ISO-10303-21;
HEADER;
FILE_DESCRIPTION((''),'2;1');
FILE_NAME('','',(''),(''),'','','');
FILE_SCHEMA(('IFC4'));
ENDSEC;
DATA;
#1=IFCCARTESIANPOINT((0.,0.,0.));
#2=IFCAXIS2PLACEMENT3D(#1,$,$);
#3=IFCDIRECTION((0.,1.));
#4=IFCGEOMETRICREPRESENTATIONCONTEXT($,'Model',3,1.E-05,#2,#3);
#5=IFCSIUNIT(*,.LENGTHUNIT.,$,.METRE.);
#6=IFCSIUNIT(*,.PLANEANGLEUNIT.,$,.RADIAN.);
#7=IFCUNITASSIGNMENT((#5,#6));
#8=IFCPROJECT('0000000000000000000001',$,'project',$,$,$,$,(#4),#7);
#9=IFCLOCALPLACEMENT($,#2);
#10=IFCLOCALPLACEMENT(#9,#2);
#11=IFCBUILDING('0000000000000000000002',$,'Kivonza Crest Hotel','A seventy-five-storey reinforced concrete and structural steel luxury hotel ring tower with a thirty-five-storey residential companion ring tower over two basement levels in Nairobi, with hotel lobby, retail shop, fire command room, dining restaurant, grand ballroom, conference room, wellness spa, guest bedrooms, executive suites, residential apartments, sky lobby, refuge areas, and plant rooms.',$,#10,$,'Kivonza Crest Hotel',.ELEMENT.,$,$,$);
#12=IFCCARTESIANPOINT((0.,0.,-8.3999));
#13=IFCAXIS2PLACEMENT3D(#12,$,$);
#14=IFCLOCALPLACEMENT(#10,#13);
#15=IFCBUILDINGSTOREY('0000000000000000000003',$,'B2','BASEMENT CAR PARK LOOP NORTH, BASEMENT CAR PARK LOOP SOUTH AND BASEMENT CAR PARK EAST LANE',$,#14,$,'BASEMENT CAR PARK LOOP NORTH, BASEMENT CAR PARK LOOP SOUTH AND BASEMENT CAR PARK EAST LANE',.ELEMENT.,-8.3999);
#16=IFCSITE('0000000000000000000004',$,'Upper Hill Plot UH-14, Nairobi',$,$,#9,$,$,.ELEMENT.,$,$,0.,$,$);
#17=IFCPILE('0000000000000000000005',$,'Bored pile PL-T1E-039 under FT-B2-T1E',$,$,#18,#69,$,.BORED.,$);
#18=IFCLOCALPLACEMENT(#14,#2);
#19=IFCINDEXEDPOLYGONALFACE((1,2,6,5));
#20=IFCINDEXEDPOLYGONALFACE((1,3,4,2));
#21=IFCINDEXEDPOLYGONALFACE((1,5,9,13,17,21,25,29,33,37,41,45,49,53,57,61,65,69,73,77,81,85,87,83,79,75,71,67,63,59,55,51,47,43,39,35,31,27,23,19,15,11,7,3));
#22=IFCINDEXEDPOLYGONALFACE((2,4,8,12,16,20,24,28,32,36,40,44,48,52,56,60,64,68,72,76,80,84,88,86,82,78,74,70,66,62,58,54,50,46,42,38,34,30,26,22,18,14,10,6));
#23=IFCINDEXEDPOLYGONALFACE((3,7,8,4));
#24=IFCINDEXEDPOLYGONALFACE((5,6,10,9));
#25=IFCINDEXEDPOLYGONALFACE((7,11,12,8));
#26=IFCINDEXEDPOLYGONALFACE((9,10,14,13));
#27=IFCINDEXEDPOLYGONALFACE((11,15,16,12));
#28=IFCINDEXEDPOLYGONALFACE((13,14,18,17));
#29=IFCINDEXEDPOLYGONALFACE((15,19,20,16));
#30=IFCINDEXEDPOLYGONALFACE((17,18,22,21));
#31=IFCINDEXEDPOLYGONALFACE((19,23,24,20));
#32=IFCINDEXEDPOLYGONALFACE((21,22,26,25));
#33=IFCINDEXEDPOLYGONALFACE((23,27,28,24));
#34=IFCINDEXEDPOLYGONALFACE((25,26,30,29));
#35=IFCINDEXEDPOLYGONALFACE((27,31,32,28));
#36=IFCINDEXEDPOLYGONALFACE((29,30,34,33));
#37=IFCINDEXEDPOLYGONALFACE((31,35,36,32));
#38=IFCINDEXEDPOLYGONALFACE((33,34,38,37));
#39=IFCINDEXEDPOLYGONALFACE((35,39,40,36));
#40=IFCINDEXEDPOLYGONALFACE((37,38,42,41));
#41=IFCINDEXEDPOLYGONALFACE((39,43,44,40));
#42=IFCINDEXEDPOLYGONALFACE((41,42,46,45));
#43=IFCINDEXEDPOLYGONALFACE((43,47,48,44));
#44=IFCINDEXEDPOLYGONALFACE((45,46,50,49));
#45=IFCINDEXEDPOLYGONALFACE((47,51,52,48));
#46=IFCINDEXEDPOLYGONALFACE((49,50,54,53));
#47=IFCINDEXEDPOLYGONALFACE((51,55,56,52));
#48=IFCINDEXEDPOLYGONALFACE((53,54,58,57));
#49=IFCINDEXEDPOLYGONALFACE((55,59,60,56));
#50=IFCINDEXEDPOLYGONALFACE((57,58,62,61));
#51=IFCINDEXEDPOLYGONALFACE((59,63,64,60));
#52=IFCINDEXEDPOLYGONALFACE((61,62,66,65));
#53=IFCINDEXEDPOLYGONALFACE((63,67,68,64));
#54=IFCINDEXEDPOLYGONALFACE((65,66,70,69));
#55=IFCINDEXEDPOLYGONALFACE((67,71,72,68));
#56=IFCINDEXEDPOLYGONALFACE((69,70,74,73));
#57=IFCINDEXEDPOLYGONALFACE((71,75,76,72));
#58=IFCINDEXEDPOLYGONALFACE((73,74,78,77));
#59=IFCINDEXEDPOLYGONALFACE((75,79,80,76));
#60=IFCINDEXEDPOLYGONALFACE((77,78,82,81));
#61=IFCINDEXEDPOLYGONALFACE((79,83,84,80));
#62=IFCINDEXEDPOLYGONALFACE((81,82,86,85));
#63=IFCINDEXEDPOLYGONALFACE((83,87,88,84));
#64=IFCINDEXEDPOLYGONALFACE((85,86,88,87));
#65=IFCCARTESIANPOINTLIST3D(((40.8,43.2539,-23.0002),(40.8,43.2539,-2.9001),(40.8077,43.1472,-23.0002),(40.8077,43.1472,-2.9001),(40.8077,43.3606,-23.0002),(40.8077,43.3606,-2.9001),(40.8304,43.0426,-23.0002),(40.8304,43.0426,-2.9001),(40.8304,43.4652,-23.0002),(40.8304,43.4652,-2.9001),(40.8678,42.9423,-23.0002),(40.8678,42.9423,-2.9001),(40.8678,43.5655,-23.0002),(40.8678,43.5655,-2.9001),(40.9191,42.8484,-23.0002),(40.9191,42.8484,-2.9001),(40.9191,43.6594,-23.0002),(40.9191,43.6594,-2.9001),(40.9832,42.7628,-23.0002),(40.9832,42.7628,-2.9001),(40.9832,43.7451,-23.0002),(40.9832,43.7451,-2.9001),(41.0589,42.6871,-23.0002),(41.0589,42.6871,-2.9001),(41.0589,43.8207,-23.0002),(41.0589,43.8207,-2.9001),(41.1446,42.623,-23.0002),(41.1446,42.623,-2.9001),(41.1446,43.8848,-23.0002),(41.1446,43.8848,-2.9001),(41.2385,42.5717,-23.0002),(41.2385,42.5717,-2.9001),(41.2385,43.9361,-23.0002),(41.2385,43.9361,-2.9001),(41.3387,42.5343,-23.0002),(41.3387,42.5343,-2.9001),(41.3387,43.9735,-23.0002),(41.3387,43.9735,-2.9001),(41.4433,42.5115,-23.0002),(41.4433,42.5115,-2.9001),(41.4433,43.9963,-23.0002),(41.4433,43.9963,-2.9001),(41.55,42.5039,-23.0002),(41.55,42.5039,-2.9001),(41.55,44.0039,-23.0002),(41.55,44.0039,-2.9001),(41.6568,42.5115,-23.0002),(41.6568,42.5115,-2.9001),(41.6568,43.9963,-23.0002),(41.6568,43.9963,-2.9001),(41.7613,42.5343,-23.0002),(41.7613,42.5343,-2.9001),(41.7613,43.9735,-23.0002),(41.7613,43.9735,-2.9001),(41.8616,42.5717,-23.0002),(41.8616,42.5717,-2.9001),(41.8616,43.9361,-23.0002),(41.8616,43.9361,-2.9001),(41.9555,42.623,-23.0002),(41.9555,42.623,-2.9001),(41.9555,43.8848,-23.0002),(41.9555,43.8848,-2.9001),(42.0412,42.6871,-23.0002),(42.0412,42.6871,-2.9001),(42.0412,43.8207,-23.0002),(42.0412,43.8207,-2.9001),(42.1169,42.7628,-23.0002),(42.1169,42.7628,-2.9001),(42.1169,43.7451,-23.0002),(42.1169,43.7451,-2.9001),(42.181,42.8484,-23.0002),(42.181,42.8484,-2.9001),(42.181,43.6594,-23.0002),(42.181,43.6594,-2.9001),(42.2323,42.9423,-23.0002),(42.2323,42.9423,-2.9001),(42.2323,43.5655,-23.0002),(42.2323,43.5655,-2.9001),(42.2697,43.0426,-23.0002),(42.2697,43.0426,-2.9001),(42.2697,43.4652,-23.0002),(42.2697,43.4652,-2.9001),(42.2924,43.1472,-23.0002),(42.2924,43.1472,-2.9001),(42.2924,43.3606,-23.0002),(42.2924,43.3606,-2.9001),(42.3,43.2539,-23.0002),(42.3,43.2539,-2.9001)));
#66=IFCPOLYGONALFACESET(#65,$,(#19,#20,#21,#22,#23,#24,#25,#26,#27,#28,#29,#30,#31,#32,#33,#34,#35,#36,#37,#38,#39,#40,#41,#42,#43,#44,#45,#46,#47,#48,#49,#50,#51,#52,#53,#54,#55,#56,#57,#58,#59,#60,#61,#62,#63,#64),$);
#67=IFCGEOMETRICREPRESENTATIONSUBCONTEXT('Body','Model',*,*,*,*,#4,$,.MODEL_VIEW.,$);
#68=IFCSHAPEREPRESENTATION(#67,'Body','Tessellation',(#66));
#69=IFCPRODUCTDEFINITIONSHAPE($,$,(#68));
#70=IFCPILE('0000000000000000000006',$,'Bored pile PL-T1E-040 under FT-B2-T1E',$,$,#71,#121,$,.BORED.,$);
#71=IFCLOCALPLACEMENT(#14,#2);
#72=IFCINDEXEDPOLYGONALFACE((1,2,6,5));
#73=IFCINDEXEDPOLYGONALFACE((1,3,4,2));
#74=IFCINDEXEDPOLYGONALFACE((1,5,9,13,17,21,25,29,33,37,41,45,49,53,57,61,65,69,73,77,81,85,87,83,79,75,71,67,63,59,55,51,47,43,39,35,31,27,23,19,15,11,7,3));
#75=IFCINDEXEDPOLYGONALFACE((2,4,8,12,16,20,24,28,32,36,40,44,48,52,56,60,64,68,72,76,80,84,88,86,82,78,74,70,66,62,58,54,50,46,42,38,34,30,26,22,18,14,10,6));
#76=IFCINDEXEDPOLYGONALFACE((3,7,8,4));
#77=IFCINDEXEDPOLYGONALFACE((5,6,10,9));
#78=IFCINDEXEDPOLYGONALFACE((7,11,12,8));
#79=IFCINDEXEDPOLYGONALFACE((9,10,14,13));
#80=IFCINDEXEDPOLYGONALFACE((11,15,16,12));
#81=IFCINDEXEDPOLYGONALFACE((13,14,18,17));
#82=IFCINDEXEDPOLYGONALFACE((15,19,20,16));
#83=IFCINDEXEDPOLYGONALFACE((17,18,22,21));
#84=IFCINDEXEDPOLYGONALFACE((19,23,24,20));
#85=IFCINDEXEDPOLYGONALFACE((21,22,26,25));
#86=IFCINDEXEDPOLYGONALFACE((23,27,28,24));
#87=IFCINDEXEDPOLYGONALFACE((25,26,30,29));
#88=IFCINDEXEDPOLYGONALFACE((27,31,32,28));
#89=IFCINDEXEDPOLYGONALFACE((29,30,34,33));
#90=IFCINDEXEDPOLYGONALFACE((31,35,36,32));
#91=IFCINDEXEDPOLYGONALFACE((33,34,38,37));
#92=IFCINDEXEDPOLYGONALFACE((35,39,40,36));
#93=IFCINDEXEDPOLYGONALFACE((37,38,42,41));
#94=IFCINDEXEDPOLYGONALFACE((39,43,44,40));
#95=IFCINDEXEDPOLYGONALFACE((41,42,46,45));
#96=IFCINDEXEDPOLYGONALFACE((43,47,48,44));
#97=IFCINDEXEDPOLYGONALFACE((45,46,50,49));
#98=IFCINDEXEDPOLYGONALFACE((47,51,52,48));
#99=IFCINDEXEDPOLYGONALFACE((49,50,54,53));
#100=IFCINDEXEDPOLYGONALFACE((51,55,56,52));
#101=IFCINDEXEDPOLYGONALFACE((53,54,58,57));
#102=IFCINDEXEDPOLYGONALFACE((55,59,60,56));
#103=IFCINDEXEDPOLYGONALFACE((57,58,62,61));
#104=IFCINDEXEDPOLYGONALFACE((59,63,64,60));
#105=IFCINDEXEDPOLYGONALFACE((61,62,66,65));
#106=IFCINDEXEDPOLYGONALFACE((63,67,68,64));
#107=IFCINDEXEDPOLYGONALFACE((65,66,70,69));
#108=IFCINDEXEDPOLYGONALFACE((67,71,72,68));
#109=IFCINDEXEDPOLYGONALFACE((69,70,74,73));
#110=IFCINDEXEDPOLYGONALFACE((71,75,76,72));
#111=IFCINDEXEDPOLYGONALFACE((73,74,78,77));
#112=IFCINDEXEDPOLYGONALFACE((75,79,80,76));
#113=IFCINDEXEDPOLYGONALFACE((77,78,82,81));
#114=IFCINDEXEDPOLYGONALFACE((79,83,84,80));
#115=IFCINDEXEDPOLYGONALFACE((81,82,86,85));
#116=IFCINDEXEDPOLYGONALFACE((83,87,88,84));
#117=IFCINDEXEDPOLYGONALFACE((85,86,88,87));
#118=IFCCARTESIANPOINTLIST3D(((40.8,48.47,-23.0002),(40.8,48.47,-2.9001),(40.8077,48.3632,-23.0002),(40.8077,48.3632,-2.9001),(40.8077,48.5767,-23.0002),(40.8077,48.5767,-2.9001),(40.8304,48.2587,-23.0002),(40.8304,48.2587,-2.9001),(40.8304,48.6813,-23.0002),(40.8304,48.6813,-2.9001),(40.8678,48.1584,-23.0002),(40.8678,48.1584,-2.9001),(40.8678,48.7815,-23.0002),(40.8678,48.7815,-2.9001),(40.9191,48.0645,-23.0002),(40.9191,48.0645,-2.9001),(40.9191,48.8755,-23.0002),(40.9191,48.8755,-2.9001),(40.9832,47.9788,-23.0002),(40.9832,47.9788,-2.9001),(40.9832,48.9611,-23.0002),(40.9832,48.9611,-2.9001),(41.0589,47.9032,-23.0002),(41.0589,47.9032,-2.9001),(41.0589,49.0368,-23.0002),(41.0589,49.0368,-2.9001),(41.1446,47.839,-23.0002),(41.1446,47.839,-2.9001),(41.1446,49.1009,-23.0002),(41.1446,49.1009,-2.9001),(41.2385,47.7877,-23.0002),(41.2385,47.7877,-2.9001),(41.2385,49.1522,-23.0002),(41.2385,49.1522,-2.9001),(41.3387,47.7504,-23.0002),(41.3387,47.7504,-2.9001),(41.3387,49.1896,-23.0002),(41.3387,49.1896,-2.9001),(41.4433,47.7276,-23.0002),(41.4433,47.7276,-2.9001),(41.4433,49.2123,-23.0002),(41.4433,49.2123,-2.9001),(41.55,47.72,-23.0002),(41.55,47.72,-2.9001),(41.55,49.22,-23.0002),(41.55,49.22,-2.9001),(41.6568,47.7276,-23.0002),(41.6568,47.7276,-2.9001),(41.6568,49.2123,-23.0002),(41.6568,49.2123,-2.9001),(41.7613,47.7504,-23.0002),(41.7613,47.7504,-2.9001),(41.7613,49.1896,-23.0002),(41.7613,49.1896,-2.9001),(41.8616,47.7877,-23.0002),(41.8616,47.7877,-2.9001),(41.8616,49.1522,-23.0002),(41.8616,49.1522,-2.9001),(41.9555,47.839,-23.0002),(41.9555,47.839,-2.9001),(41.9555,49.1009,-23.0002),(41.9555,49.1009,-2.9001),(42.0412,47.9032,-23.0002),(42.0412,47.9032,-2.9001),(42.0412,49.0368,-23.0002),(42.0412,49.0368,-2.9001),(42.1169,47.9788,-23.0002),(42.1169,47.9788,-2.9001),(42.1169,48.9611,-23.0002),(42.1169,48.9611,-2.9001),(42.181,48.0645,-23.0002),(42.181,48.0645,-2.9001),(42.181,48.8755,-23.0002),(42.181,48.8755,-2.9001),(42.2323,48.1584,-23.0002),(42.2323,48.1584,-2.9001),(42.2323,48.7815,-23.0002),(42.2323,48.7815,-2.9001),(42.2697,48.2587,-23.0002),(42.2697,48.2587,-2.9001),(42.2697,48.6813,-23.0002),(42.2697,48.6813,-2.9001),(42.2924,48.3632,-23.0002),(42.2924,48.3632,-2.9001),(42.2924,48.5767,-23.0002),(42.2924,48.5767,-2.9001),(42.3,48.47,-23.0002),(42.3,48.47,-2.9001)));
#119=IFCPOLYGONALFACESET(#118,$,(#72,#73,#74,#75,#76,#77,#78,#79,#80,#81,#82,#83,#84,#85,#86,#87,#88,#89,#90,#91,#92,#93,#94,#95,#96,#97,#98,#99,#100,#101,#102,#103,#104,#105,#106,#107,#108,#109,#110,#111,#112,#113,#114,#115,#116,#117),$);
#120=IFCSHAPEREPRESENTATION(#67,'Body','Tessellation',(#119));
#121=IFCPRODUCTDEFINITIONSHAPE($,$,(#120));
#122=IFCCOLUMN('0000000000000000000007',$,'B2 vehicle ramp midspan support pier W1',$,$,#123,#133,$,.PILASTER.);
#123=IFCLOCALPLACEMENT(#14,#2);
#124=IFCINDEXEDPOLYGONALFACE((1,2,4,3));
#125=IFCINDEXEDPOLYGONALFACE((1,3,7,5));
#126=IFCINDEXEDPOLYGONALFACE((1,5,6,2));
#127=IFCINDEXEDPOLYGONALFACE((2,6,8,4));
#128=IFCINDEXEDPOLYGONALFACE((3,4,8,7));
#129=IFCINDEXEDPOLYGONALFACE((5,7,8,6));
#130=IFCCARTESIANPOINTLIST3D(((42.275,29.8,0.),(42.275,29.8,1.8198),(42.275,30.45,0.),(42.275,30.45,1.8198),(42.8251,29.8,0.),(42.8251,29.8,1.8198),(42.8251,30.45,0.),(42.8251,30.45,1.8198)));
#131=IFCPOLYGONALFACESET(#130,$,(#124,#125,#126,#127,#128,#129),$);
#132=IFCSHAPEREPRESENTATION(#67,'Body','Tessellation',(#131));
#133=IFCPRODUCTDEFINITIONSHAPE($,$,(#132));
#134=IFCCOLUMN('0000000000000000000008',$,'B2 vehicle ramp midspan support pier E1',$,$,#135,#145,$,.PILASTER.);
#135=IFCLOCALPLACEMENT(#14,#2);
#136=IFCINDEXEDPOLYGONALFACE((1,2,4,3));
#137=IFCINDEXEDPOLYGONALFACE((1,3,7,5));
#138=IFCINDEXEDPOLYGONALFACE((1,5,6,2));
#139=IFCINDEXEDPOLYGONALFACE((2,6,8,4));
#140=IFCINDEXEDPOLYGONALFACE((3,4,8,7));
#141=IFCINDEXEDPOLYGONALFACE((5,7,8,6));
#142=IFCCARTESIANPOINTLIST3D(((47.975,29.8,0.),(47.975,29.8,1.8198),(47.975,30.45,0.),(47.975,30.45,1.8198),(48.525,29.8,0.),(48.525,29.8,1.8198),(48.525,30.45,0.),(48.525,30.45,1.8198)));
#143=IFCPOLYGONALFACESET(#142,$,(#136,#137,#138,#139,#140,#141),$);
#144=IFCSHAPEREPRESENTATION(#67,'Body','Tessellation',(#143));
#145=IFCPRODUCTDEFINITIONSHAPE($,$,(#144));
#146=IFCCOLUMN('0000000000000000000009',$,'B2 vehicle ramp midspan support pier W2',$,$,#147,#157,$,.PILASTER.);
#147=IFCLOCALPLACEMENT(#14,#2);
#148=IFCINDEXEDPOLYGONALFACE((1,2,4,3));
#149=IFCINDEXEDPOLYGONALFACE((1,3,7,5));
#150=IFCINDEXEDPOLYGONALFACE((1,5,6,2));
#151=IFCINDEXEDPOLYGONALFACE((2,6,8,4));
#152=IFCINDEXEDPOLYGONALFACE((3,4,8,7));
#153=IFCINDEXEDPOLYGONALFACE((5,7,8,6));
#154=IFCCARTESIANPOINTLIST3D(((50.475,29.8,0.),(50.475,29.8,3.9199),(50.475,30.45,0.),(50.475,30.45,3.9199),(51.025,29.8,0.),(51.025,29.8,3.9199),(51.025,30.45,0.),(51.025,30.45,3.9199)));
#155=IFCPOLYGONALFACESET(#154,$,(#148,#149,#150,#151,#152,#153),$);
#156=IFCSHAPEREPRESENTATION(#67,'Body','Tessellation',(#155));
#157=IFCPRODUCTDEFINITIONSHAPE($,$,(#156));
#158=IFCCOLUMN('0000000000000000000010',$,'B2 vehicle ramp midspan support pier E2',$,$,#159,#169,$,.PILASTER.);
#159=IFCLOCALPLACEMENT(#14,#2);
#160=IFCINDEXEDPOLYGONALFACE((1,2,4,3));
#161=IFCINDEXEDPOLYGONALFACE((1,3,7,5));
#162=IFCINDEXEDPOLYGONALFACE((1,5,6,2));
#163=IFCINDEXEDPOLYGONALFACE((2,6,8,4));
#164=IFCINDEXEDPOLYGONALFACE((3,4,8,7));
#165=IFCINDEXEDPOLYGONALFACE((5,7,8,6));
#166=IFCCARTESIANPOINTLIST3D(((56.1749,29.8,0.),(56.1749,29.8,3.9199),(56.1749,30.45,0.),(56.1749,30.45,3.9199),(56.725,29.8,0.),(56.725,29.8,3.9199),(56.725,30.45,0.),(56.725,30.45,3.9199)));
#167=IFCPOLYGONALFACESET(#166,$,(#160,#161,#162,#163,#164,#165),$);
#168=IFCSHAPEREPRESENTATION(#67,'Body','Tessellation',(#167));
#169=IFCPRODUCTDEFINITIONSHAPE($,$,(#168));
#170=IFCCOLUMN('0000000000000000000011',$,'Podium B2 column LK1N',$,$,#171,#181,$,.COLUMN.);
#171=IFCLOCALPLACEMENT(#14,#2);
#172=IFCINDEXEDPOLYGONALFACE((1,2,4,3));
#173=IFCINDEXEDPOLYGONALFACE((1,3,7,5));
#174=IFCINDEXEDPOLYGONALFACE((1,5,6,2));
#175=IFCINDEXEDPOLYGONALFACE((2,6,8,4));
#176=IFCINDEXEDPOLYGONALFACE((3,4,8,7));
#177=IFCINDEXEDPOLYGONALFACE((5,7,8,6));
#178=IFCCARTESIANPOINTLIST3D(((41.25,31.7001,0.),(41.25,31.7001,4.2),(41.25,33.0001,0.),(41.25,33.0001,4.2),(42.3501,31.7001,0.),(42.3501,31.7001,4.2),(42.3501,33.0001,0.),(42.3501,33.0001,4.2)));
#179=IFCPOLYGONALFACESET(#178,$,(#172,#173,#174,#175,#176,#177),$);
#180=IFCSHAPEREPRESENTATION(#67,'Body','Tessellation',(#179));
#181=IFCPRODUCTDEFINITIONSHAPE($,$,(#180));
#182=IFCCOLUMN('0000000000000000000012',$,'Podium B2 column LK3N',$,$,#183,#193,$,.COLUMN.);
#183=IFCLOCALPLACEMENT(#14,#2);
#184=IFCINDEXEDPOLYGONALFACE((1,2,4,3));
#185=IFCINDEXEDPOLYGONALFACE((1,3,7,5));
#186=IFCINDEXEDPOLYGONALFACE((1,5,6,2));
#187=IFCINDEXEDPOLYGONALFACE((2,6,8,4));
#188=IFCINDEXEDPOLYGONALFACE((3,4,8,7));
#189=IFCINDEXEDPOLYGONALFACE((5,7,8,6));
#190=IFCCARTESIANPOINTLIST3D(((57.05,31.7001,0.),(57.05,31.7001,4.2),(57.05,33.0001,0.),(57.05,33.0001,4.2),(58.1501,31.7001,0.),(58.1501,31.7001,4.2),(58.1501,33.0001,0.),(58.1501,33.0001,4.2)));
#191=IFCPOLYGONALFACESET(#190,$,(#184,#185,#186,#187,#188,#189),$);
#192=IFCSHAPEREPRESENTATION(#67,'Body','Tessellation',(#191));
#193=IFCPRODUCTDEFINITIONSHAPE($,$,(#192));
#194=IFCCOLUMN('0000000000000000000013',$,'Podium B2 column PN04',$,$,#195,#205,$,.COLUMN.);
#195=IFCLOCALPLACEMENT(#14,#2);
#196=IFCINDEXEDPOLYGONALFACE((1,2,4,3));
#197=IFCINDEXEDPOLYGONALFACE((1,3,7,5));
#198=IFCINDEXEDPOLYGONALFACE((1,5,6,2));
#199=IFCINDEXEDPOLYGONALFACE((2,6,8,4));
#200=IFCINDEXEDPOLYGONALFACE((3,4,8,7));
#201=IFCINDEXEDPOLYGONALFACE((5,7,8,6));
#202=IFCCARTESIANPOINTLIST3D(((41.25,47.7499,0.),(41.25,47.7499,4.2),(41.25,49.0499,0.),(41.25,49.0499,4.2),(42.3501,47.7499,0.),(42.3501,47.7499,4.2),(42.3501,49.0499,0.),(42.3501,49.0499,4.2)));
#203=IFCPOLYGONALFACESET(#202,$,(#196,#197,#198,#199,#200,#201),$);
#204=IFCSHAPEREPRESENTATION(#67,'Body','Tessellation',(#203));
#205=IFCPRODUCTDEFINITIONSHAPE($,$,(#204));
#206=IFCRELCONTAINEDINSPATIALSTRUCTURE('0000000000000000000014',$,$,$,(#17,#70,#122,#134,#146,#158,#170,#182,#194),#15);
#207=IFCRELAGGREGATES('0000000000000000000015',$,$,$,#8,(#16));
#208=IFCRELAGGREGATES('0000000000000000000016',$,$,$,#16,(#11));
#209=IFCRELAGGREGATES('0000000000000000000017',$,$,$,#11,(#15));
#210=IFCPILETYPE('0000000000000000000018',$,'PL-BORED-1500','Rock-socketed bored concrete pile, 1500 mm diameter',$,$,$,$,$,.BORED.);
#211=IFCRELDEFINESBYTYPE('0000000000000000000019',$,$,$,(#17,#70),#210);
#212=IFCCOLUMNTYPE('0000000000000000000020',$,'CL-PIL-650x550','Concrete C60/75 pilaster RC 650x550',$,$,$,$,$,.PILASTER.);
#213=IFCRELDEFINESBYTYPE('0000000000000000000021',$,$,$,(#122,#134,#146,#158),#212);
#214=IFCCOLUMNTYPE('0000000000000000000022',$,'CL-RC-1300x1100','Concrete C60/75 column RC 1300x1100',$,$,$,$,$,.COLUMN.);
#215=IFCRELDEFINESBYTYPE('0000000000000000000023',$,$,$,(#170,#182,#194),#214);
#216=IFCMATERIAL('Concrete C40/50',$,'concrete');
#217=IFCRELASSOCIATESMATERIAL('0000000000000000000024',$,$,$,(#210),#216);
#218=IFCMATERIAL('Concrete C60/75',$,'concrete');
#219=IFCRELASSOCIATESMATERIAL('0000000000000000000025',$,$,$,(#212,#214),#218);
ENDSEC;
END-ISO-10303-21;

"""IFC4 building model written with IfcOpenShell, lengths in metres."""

from ifc_helpers import new_model, si_unit, direction, frame, origin, origin_2d, place, context, subcontext, project, spatial, rectangle, circle, extrude, material, material_profile, profile_set, type_object, element, save


model = new_model("IFC4")

# Units and contexts
model_context = context("Model", 3, precision=1e-05, world=origin(), true_north=direction((0.0, 1.0)))
body_context = subcontext(model_context, "Body", "Model", "MODEL_VIEW")
ifc_project = project(units=[si_unit("LENGTHUNIT", "METRE"), si_unit("PLANEANGLEUNIT", "RADIAN")], contexts=[model_context])

# Site, building, storey
site_placement = place(None, origin())
site = spatial("IfcSite", under=ifc_project, at=site_placement, Name="Upper Hill Plot UH-14, Nairobi", CompositionType="ELEMENT", RefElevation=0.0)
building_placement = place(site_placement, origin())
building = spatial("IfcBuilding", under=site, at=building_placement, Name="Kivonza Crest Hotel", Description="A seventy-five-storey reinforced concrete and structural steel luxury hotel ring tower with a thirty-five-storey residential companion ring tower over two basement levels in Nairobi, with hotel lobby, retail shop, fire command room, dining restaurant, grand ballroom, conference room, wellness spa, guest bedrooms, executive suites, residential apartments, sky lobby, refuge areas, and plant rooms.", LongName="Kivonza Crest Hotel", CompositionType="ELEMENT")
storey_placement = place(building_placement, frame((0.0, 0.0, -8.3999)))
storey = spatial("IfcBuildingStorey", under=building, at=storey_placement, Name="B2", Description="BASEMENT CAR PARK LOOP NORTH, BASEMENT CAR PARK LOOP SOUTH AND BASEMENT CAR PARK EAST LANE", LongName="BASEMENT CAR PARK LOOP NORTH, BASEMENT CAR PARK LOOP SOUTH AND BASEMENT CAR PARK EAST LANE", CompositionType="ELEMENT", Elevation=-8.3999)

# Piles
ifc_material_1 = material(Name="Concrete C40/50", Category="concrete")
ifc_material_profile_1 = material_profile(ifc_material_1, circle(Radius=0.75, at=origin_2d()), Name="PILE D1500")
ifc_profile_set_1 = profile_set([ifc_material_profile_1], Name="Concrete C40/50")
pile_type_1 = type_object("IfcPileType", Name="PL-BORED-1500", Description="Rock-socketed bored concrete pile, 1500 mm diameter", PredefinedType="BORED", material=ifc_profile_set_1)
for number, where, z_axis, x_axis, name in (
    (1, (41.55, 43.2539, -2.9001), (0.0, 0.0, -1.0), (1.0, 0.0, 0.0), "Bored pile PL-T1E-039 under FT-B2-T1E"),
    (2, (41.55, 48.47, -2.9001), (0.0, 0.0, -1.0), (1.0, 0.0, 0.0), "Bored pile PL-T1E-040 under FT-B2-T1E"),
):
    element("IfcPile", number, at=place(storey_placement, frame(where, z_axis=z_axis, x_axis=x_axis)), inside=storey, type_object=pile_type_1, Name=name, PredefinedType="BORED", context=body_context, shape_type="SweptSolid", body=[
        extrude(circle(Radius=0.75, at=origin_2d()), origin(), (0.0, 0.0, 1.0), 20.1001),
    ])

# Columns
ifc_material_2 = material(Name="Concrete C60/75", Category="concrete")
ifc_material_profile_2 = material_profile(ifc_material_2, rectangle(XDim=0.55, YDim=0.6499, at=origin_2d()), Name="RC 650x550")
ifc_profile_set_2 = profile_set([ifc_material_profile_2], Name="Concrete C60/75")
column_type_1 = type_object("IfcColumnType", Name="CL-PIL-650x550", Description="Concrete C60/75 pilaster RC 650x550", PredefinedType="PILASTER", material=ifc_profile_set_2)
for number, where, z_axis, x_axis, name in (
    (3, (42.55, 30.125, 0.0), (0.0, 0.0, 1.0), (1.0, 0.0, 0.0), "B2 vehicle ramp midspan support pier W1"),
    (4, (48.25, 30.125, 0.0), (0.0, 0.0, 1.0), (1.0, 0.0, 0.0), "B2 vehicle ramp midspan support pier E1"),
):
    element("IfcColumn", number, at=place(storey_placement, frame(where, z_axis=z_axis, x_axis=x_axis)), inside=storey, type_object=column_type_1, Name=name, PredefinedType="PILASTER", context=body_context, shape_type="SweptSolid", body=[
        extrude(rectangle(XDim=0.55, YDim=0.6499, at=origin_2d()), origin(), (0.0, 0.0, 1.0), 1.8198),
    ])
for number, where, z_axis, x_axis, name in (
    (5, (50.75, 30.125, 0.0), (0.0, 0.0, 1.0), (1.0, 0.0, 0.0), "B2 vehicle ramp midspan support pier W2"),
    (6, (56.45, 30.125, 0.0), (0.0, 0.0, 1.0), (1.0, 0.0, 0.0), "B2 vehicle ramp midspan support pier E2"),
):
    element("IfcColumn", number, at=place(storey_placement, frame(where, z_axis=z_axis, x_axis=x_axis)), inside=storey, type_object=column_type_1, Name=name, PredefinedType="PILASTER", context=body_context, shape_type="SweptSolid", body=[
        extrude(rectangle(XDim=0.55, YDim=0.6499, at=origin_2d()), origin(), (0.0, 0.0, 1.0), 3.9199),
    ])
ifc_material_profile_3 = material_profile(ifc_material_2, rectangle(XDim=1.1001, YDim=1.3, at=origin_2d()), Name="RC 1300x1100")
ifc_profile_set_3 = profile_set([ifc_material_profile_3], Name="Concrete C60/75")
column_type_2 = type_object("IfcColumnType", Name="CL-RC-1300x1100", Description="Concrete C60/75 column RC 1300x1100", PredefinedType="COLUMN", material=ifc_profile_set_3)
for number, where, z_axis, x_axis, name in (
    (7, (41.8, 32.3501, 0.0), (0.0, 0.0, 1.0), (1.0, 0.0, 0.0), "Podium B2 column LK1N"),
    (8, (57.6001, 32.3501, 0.0), (0.0, 0.0, 1.0), (1.0, 0.0, 0.0), "Podium B2 column LK3N"),
    (9, (41.8, 48.3999, 0.0), (0.0, 0.0, 1.0), (1.0, 0.0, 0.0), "Podium B2 column PN04"),
):
    element("IfcColumn", number, at=place(storey_placement, frame(where, z_axis=z_axis, x_axis=x_axis)), inside=storey, type_object=column_type_2, Name=name, PredefinedType="COLUMN", context=body_context, shape_type="SweptSolid", body=[
        extrude(rectangle(XDim=1.1001, YDim=1.3, at=origin_2d()), origin(), (0.0, 0.0, 1.0), 4.2),
    ])

save(model, "model.ifc")
